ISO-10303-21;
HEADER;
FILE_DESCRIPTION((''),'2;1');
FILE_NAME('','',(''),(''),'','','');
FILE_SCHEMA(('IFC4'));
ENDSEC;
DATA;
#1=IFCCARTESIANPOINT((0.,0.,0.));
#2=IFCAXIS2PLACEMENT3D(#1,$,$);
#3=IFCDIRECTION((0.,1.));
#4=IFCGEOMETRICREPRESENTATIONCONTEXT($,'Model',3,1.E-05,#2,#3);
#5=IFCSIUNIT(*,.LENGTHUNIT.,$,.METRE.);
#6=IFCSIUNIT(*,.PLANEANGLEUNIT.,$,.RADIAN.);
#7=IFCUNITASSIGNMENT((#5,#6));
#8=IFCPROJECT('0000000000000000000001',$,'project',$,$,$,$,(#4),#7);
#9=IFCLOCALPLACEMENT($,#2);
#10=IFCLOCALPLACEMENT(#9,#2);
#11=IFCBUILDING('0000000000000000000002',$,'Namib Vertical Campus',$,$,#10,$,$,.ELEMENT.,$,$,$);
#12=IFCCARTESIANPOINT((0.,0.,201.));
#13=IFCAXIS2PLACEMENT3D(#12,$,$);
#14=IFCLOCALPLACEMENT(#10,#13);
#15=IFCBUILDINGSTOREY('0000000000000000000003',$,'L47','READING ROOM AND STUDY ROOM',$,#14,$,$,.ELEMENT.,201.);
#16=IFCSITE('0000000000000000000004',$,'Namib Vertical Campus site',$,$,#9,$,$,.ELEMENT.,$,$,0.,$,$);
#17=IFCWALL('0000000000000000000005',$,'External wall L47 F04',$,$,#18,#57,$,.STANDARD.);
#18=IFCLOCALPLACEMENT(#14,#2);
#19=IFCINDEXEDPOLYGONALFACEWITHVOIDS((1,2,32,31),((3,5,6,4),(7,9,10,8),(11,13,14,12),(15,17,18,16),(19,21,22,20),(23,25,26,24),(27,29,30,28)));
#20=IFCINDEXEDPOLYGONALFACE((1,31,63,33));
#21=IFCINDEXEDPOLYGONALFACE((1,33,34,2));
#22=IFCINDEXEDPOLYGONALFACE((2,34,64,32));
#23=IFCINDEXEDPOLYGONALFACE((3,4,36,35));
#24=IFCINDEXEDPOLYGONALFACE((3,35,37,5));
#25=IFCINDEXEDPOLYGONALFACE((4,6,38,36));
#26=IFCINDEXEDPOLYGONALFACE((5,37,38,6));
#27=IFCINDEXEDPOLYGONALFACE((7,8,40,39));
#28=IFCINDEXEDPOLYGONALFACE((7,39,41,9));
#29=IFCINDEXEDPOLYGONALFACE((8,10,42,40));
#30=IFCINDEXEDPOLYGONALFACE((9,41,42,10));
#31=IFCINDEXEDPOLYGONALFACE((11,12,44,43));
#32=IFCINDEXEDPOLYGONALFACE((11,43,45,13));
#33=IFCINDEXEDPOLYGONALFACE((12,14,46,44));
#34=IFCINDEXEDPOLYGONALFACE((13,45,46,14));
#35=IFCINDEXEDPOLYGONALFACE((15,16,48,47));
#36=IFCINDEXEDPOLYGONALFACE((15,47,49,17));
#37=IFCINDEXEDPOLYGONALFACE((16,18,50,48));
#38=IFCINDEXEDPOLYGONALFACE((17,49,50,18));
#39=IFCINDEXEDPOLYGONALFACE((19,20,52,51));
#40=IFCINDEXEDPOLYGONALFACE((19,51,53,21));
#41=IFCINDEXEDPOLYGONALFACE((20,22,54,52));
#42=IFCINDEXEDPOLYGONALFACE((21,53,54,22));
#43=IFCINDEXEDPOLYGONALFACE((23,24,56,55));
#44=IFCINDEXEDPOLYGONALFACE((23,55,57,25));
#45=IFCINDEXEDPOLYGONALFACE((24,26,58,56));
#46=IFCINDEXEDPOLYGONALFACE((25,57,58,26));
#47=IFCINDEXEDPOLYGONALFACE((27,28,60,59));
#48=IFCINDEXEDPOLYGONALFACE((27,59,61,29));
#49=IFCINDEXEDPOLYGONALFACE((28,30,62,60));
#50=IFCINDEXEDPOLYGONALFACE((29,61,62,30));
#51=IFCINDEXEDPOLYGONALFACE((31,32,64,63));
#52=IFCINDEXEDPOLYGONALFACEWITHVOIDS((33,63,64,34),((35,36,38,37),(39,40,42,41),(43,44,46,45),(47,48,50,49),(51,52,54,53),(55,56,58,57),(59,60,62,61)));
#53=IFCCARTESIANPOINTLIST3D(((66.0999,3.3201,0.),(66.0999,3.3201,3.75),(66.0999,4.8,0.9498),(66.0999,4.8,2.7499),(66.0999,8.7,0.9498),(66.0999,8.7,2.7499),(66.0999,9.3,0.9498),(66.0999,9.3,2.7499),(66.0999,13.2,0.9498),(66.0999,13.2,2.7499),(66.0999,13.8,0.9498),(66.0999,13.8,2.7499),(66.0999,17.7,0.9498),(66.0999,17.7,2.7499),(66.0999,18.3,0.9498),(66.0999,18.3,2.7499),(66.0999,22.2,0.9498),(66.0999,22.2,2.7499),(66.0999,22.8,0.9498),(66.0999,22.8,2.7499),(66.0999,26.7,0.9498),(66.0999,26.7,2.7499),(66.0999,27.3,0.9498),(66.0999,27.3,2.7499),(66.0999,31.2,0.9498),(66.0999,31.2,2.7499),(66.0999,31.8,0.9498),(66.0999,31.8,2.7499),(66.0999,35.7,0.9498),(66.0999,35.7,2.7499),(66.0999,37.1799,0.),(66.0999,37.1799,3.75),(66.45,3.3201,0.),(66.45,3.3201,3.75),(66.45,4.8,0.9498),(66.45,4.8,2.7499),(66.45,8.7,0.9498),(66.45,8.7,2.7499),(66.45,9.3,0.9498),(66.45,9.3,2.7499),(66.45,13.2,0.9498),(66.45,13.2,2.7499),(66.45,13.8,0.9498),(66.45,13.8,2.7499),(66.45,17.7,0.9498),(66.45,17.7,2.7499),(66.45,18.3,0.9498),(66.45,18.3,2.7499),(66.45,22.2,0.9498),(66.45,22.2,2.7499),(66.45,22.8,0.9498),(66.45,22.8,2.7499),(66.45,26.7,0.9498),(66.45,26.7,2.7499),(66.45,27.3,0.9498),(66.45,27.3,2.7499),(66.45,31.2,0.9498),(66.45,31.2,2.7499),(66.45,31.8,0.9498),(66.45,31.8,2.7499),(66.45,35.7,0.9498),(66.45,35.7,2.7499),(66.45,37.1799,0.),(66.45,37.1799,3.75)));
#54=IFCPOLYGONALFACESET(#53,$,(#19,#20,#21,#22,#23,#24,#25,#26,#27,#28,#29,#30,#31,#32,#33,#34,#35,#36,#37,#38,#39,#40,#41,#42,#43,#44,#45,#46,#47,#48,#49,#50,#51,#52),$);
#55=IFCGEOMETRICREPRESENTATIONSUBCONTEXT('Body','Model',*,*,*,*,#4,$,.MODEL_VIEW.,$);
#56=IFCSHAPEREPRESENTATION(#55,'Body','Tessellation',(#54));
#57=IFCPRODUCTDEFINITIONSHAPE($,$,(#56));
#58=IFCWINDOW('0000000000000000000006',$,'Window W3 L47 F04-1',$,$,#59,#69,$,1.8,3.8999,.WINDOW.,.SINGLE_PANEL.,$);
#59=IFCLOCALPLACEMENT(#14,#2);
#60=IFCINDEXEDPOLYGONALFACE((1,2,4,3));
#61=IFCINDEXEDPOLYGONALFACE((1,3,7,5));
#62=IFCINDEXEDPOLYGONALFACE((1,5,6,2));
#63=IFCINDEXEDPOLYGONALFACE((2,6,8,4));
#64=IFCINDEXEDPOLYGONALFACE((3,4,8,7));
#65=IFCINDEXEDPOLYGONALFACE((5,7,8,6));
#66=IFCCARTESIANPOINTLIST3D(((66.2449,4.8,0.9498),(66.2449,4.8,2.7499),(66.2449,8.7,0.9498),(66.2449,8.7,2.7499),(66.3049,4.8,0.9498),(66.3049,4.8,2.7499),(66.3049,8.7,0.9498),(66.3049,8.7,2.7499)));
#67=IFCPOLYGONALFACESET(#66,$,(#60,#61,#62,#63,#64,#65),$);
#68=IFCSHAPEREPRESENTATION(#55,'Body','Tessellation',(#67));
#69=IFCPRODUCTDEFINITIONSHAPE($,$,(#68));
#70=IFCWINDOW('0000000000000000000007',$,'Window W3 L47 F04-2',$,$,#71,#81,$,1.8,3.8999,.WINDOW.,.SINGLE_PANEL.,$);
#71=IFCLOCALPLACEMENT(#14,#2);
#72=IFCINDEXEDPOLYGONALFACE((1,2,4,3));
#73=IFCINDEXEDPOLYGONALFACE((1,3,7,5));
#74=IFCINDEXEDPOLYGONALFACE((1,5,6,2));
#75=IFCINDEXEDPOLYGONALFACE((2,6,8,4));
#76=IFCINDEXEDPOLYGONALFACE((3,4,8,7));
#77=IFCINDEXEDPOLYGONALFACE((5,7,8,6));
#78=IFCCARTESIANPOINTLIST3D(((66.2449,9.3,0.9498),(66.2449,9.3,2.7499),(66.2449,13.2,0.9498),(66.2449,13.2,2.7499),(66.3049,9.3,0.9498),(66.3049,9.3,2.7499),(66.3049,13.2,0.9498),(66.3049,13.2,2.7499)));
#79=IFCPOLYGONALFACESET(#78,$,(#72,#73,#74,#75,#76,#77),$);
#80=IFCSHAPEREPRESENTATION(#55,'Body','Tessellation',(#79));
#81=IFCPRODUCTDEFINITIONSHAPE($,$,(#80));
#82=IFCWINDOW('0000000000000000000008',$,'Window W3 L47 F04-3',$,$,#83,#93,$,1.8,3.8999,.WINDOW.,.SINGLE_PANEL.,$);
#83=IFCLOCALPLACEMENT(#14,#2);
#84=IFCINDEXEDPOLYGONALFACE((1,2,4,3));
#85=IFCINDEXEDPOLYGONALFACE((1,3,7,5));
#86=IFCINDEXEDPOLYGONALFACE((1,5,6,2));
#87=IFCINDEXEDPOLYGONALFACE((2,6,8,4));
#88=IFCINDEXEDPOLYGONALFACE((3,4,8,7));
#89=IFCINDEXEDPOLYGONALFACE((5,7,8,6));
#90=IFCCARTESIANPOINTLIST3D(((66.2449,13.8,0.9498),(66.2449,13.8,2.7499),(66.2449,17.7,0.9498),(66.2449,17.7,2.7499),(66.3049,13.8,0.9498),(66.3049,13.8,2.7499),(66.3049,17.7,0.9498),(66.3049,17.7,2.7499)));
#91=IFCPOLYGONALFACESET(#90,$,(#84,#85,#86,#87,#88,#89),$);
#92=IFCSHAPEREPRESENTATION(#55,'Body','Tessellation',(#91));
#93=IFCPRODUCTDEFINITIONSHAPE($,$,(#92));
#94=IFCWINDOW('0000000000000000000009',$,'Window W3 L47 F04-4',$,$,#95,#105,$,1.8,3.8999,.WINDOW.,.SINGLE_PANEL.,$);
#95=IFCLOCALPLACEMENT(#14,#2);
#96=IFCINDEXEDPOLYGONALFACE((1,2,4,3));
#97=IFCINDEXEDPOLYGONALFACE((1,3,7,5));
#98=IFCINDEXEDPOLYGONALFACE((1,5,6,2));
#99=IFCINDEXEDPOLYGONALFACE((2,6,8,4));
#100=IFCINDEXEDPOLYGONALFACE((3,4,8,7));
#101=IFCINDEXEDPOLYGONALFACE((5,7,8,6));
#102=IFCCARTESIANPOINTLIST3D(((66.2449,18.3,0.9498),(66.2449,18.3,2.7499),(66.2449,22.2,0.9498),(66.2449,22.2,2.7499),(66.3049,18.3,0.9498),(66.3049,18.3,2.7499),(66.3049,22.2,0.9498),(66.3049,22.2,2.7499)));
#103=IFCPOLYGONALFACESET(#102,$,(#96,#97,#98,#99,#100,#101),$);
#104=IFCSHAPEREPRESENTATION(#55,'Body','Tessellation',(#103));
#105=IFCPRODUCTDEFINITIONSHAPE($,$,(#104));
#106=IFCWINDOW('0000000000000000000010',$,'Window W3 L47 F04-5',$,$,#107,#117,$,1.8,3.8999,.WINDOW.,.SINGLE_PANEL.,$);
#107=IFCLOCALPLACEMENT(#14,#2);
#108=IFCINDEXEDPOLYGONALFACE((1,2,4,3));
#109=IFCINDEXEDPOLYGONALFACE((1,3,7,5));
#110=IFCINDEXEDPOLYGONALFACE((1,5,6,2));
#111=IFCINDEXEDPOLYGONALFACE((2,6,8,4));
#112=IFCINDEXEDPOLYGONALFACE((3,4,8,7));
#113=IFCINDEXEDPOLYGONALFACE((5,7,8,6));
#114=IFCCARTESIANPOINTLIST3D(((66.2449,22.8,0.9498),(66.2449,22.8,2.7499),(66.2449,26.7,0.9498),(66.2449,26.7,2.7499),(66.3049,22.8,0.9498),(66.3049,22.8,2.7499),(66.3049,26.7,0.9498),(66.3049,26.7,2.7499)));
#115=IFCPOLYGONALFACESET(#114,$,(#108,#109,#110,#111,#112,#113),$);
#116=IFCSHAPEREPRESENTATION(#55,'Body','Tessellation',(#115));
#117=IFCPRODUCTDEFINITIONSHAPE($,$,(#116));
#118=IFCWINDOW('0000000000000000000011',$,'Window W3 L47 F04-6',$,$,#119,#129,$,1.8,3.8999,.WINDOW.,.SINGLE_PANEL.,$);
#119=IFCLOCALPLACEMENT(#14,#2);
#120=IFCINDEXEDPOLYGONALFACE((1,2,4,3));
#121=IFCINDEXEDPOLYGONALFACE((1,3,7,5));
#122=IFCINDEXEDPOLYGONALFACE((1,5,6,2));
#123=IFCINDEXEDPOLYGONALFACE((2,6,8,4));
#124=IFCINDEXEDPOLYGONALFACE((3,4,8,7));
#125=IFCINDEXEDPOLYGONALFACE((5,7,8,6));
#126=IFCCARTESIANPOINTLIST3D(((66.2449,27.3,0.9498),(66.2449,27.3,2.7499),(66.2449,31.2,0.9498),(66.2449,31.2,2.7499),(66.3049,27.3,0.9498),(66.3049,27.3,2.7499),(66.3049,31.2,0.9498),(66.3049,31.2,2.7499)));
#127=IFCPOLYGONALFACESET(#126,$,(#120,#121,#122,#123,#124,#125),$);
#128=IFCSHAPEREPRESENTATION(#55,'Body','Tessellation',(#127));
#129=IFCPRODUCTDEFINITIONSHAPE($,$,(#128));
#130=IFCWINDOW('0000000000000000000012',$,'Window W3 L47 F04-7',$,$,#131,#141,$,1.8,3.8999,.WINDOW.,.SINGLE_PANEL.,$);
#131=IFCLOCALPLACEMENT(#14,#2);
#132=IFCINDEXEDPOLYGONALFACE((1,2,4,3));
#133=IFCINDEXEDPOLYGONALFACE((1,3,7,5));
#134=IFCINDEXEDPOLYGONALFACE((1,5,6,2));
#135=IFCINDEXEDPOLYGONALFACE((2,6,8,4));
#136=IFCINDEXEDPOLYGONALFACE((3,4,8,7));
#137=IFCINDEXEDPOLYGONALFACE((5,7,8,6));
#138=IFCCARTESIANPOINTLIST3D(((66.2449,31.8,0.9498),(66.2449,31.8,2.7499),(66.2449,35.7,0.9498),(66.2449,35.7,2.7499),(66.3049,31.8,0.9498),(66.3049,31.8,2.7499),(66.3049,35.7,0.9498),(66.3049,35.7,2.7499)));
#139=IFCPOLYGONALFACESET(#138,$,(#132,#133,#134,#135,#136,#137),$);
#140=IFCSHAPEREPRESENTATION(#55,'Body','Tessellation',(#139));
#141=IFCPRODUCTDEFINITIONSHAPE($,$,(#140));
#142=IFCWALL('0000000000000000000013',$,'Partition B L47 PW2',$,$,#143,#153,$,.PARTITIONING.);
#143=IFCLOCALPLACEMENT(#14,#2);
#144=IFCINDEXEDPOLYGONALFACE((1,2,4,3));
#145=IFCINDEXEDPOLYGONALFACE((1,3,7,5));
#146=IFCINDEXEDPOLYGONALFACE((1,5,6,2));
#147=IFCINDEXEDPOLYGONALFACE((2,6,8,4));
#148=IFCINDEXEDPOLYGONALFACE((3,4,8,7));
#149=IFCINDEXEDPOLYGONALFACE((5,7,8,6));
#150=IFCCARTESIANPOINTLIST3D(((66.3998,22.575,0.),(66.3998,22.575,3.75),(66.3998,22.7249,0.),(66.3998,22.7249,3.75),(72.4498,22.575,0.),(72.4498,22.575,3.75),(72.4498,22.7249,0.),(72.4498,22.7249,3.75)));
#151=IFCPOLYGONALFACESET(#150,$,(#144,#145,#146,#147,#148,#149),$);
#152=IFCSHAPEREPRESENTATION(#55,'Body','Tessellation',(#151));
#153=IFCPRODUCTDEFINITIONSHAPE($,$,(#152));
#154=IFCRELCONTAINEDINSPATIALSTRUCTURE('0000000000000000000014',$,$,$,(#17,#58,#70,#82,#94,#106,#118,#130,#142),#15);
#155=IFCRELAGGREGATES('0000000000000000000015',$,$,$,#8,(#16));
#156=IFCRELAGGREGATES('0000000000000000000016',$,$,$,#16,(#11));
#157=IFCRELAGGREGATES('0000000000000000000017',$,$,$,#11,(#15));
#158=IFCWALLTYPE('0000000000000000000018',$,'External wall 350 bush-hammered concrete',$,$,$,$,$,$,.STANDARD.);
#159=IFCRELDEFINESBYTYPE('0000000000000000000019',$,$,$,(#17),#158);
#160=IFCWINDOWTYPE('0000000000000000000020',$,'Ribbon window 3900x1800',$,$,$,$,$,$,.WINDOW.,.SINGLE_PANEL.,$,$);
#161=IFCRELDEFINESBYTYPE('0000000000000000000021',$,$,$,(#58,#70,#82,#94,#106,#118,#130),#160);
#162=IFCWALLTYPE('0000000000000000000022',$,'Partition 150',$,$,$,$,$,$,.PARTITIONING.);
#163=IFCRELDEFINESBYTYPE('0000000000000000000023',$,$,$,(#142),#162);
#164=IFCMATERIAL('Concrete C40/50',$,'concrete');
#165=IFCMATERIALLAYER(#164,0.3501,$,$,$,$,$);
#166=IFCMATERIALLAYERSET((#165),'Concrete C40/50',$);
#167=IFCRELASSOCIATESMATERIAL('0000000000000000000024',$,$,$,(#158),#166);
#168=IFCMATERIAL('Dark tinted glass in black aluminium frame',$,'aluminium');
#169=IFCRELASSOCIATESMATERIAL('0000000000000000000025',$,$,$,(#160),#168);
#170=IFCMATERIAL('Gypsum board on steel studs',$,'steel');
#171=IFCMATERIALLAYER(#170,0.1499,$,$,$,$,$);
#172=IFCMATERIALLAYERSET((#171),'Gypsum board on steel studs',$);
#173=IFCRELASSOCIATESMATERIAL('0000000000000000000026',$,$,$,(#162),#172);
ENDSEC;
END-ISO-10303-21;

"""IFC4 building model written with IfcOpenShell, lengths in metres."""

from ifc_helpers import new_model, si_unit, direction, frame, frame_2d, origin, place, context, subcontext, project, spatial, rectangle, extrude, material, layer, layer_set, type_object, element, fill, save


model = new_model("IFC4")

# Units and contexts
model_context = context("Model", 3, precision=1e-05, world=origin(), true_north=direction((0.0, 1.0)))
body_context = subcontext(model_context, "Body", "Model", "MODEL_VIEW")
ifc_project = project(units=[si_unit("LENGTHUNIT", "METRE"), si_unit("PLANEANGLEUNIT", "RADIAN")], contexts=[model_context])

# Site, building, storey
site_placement = place(None, origin())
site = spatial("IfcSite", under=ifc_project, at=site_placement, Name="Namib Vertical Campus site", CompositionType="ELEMENT", RefElevation=0.0)
building_placement = place(site_placement, origin())
building = spatial("IfcBuilding", under=site, at=building_placement, Name="Namib Vertical Campus", CompositionType="ELEMENT")
storey_placement = place(building_placement, frame((0.0, 0.0, 201.0)))
storey = spatial("IfcBuildingStorey", under=building, at=storey_placement, Name="L47", Description="READING ROOM AND STUDY ROOM", CompositionType="ELEMENT", Elevation=201.0)

# Shared definitions
ifc_material_1 = material(Name="Concrete C40/50", Category="concrete")
ifc_layer_1 = layer(ifc_material_1, 0.3501)
ifc_layer_set_1 = layer_set([ifc_layer_1], Name="Concrete C40/50")
wall_type_1 = type_object("IfcWallType", Name="External wall 350 bush-hammered concrete", PredefinedType="STANDARD", material=ifc_layer_set_1)

# Wall, openings, windows
wall_1_placement = place(storey_placement, frame((66.2749, 37.1799, 0.0), z_axis=(0.0, 0.0, 1.0), x_axis=(0.0, -1.0, 0.0)))
wall_1 = element("IfcWall", 1, at=wall_1_placement, inside=storey, type_object=wall_type_1, Name="External wall L47 F04", PredefinedType="STANDARD", context=body_context, shape_type="SweptSolid", body=[
    extrude(rectangle(XDim=33.8599, YDim=0.3501, at=frame_2d((16.9299, 0.0))), origin(), (0.0, 0.0, 1.0), 3.75),
])
opening_1_placement = place(wall_1_placement, frame((28.48, 0.0, 0.95)))
opening_1 = element("IfcOpeningElement", 2, at=opening_1_placement, cuts=wall_1, PredefinedType="OPENING", context=body_context, shape_type="SweptSolid", body=[
    extrude(rectangle(XDim=3.8999, YDim=1.8, at=frame_2d((1.95, 0.8999))), frame((0.0, 0.1851, 0.0), z_axis=(0.0, -1.0, 0.0), x_axis=(1.0, 0.0, 0.0)), (0.0, 0.0, 1.0), 0.3701),
])
opening_2_placement = place(wall_1_placement, frame((23.98, 0.0, 0.95)))
opening_2 = element("IfcOpeningElement", 3, at=opening_2_placement, cuts=wall_1, PredefinedType="OPENING", context=body_context, shape_type="SweptSolid", body=[
    extrude(rectangle(XDim=3.8999, YDim=1.8, at=frame_2d((1.95, 0.8999))), frame((0.0, 0.1851, 0.0), z_axis=(0.0, -1.0, 0.0), x_axis=(1.0, 0.0, 0.0)), (0.0, 0.0, 1.0), 0.3701),
])
opening_3_placement = place(wall_1_placement, frame((19.48, 0.0, 0.95)))
opening_3 = element("IfcOpeningElement", 4, at=opening_3_placement, cuts=wall_1, PredefinedType="OPENING", context=body_context, shape_type="SweptSolid", body=[
    extrude(rectangle(XDim=3.8999, YDim=1.8, at=frame_2d((1.95, 0.8999))), frame((0.0, 0.1851, 0.0), z_axis=(0.0, -1.0, 0.0), x_axis=(1.0, 0.0, 0.0)), (0.0, 0.0, 1.0), 0.3701),
])
opening_4_placement = place(wall_1_placement, frame((14.98, 0.0, 0.95)))
opening_4 = element("IfcOpeningElement", 5, at=opening_4_placement, cuts=wall_1, PredefinedType="OPENING", context=body_context, shape_type="SweptSolid", body=[
    extrude(rectangle(XDim=3.8999, YDim=1.8, at=frame_2d((1.95, 0.8999))), frame((0.0, 0.1851, 0.0), z_axis=(0.0, -1.0, 0.0), x_axis=(1.0, 0.0, 0.0)), (0.0, 0.0, 1.0), 0.3701),
])
opening_5_placement = place(wall_1_placement, frame((10.48, 0.0, 0.95)))
opening_5 = element("IfcOpeningElement", 6, at=opening_5_placement, cuts=wall_1, PredefinedType="OPENING", context=body_context, shape_type="SweptSolid", body=[
    extrude(rectangle(XDim=3.8999, YDim=1.8, at=frame_2d((1.95, 0.8999))), frame((0.0, 0.1851, 0.0), z_axis=(0.0, -1.0, 0.0), x_axis=(1.0, 0.0, 0.0)), (0.0, 0.0, 1.0), 0.3701),
])
opening_6_placement = place(wall_1_placement, frame((5.98, 0.0, 0.95)))
opening_6 = element("IfcOpeningElement", 7, at=opening_6_placement, cuts=wall_1, PredefinedType="OPENING", context=body_context, shape_type="SweptSolid", body=[
    extrude(rectangle(XDim=3.8999, YDim=1.8, at=frame_2d((1.95, 0.8999))), frame((0.0, 0.1851, 0.0), z_axis=(0.0, -1.0, 0.0), x_axis=(1.0, 0.0, 0.0)), (0.0, 0.0, 1.0), 0.3701),
])
opening_7_placement = place(wall_1_placement, frame((1.48, 0.0, 0.95)))
opening_7 = element("IfcOpeningElement", 8, at=opening_7_placement, cuts=wall_1, PredefinedType="OPENING", context=body_context, shape_type="SweptSolid", body=[
    extrude(rectangle(XDim=3.8999, YDim=1.8, at=frame_2d((1.95, 0.8999))), frame((0.0, 0.1851, 0.0), z_axis=(0.0, -1.0, 0.0), x_axis=(1.0, 0.0, 0.0)), (0.0, 0.0, 1.0), 0.3701),
])
ifc_material_2 = material(Name="Dark tinted glass in black aluminium frame", Category="aluminium")
window_type = type_object("IfcWindowType", Name="Ribbon window 3900x1800", PartitioningType="SINGLE_PANEL", PredefinedType="WINDOW", material=ifc_material_2)
window_1_placement = place(opening_1_placement, origin())
window_1 = element("IfcWindow", 9, at=window_1_placement, inside=storey, type_object=window_type, Name="Window W3 L47 F04-1", OverallHeight=1.8, OverallWidth=3.8999, PartitioningType="SINGLE_PANEL", PredefinedType="WINDOW", context=body_context, shape_type="SweptSolid", body=[
    extrude(rectangle(XDim=3.8999, YDim=1.8, at=frame_2d((1.95, 0.8999))), frame((0.0, 0.03, 0.0), z_axis=(0.0, -1.0, 0.0), x_axis=(1.0, 0.0, 0.0)), (0.0, 0.0, 1.0), 0.0601),
])
fill(opening_1, window_1)
window_2_placement = place(opening_2_placement, origin())
window_2 = element("IfcWindow", 10, at=window_2_placement, inside=storey, type_object=window_type, Name="Window W3 L47 F04-2", OverallHeight=1.8, OverallWidth=3.8999, PartitioningType="SINGLE_PANEL", PredefinedType="WINDOW", context=body_context, shape_type="SweptSolid", body=[
    extrude(rectangle(XDim=3.8999, YDim=1.8, at=frame_2d((1.95, 0.8999))), frame((0.0, 0.03, 0.0), z_axis=(0.0, -1.0, 0.0), x_axis=(1.0, 0.0, 0.0)), (0.0, 0.0, 1.0), 0.0601),
])
fill(opening_2, window_2)
window_3_placement = place(opening_3_placement, origin())
window_3 = element("IfcWindow", 11, at=window_3_placement, inside=storey, type_object=window_type, Name="Window W3 L47 F04-3", OverallHeight=1.8, OverallWidth=3.8999, PartitioningType="SINGLE_PANEL", PredefinedType="WINDOW", context=body_context, shape_type="SweptSolid", body=[
    extrude(rectangle(XDim=3.8999, YDim=1.8, at=frame_2d((1.95, 0.8999))), frame((0.0, 0.03, 0.0), z_axis=(0.0, -1.0, 0.0), x_axis=(1.0, 0.0, 0.0)), (0.0, 0.0, 1.0), 0.0601),
])
fill(opening_3, window_3)
window_4_placement = place(opening_4_placement, origin())
window_4 = element("IfcWindow", 12, at=window_4_placement, inside=storey, type_object=window_type, Name="Window W3 L47 F04-4", OverallHeight=1.8, OverallWidth=3.8999, PartitioningType="SINGLE_PANEL", PredefinedType="WINDOW", context=body_context, shape_type="SweptSolid", body=[
    extrude(rectangle(XDim=3.8999, YDim=1.8, at=frame_2d((1.95, 0.8999))), frame((0.0, 0.03, 0.0), z_axis=(0.0, -1.0, 0.0), x_axis=(1.0, 0.0, 0.0)), (0.0, 0.0, 1.0), 0.0601),
])
fill(opening_4, window_4)
window_5_placement = place(opening_5_placement, origin())
window_5 = element("IfcWindow", 13, at=window_5_placement, inside=storey, type_object=window_type, Name="Window W3 L47 F04-5", OverallHeight=1.8, OverallWidth=3.8999, PartitioningType="SINGLE_PANEL", PredefinedType="WINDOW", context=body_context, shape_type="SweptSolid", body=[
    extrude(rectangle(XDim=3.8999, YDim=1.8, at=frame_2d((1.95, 0.8999))), frame((0.0, 0.03, 0.0), z_axis=(0.0, -1.0, 0.0), x_axis=(1.0, 0.0, 0.0)), (0.0, 0.0, 1.0), 0.0601),
])
fill(opening_5, window_5)
window_6_placement = place(opening_6_placement, origin())
window_6 = element("IfcWindow", 14, at=window_6_placement, inside=storey, type_object=window_type, Name="Window W3 L47 F04-6", OverallHeight=1.8, OverallWidth=3.8999, PartitioningType="SINGLE_PANEL", PredefinedType="WINDOW", context=body_context, shape_type="SweptSolid", body=[
    extrude(rectangle(XDim=3.8999, YDim=1.8, at=frame_2d((1.95, 0.8999))), frame((0.0, 0.03, 0.0), z_axis=(0.0, -1.0, 0.0), x_axis=(1.0, 0.0, 0.0)), (0.0, 0.0, 1.0), 0.0601),
])
fill(opening_6, window_6)
window_7_placement = place(opening_7_placement, origin())
window_7 = element("IfcWindow", 15, at=window_7_placement, inside=storey, type_object=window_type, Name="Window W3 L47 F04-7", OverallHeight=1.8, OverallWidth=3.8999, PartitioningType="SINGLE_PANEL", PredefinedType="WINDOW", context=body_context, shape_type="SweptSolid", body=[
    extrude(rectangle(XDim=3.8999, YDim=1.8, at=frame_2d((1.95, 0.8999))), frame((0.0, 0.03, 0.0), z_axis=(0.0, -1.0, 0.0), x_axis=(1.0, 0.0, 0.0)), (0.0, 0.0, 1.0), 0.0601),
])
fill(opening_7, window_7)

# Wall
ifc_material_3 = material(Name="Gypsum board on steel studs", Category="steel")
ifc_layer_2 = layer(ifc_material_3, 0.1499)
ifc_layer_set_2 = layer_set([ifc_layer_2], Name="Gypsum board on steel studs")
wall_type_2 = type_object("IfcWallType", Name="Partition 150", PredefinedType="PARTITIONING", material=ifc_layer_set_2)
wall_2_placement = place(storey_placement, frame((66.3999, 22.6499, 0.0), z_axis=(0.0, 0.0, 1.0), x_axis=(1.0, 0.0, 0.0)))
element("IfcWall", 16, at=wall_2_placement, inside=storey, type_object=wall_type_2, Name="Partition B L47 PW2", PredefinedType="PARTITIONING", context=body_context, shape_type="SweptSolid", body=[
    extrude(rectangle(XDim=6.05, YDim=0.1499, at=frame_2d((3.0249, 0.0))), origin(), (0.0, 0.0, 1.0), 3.75),
])

save(model, "model.ifc")
